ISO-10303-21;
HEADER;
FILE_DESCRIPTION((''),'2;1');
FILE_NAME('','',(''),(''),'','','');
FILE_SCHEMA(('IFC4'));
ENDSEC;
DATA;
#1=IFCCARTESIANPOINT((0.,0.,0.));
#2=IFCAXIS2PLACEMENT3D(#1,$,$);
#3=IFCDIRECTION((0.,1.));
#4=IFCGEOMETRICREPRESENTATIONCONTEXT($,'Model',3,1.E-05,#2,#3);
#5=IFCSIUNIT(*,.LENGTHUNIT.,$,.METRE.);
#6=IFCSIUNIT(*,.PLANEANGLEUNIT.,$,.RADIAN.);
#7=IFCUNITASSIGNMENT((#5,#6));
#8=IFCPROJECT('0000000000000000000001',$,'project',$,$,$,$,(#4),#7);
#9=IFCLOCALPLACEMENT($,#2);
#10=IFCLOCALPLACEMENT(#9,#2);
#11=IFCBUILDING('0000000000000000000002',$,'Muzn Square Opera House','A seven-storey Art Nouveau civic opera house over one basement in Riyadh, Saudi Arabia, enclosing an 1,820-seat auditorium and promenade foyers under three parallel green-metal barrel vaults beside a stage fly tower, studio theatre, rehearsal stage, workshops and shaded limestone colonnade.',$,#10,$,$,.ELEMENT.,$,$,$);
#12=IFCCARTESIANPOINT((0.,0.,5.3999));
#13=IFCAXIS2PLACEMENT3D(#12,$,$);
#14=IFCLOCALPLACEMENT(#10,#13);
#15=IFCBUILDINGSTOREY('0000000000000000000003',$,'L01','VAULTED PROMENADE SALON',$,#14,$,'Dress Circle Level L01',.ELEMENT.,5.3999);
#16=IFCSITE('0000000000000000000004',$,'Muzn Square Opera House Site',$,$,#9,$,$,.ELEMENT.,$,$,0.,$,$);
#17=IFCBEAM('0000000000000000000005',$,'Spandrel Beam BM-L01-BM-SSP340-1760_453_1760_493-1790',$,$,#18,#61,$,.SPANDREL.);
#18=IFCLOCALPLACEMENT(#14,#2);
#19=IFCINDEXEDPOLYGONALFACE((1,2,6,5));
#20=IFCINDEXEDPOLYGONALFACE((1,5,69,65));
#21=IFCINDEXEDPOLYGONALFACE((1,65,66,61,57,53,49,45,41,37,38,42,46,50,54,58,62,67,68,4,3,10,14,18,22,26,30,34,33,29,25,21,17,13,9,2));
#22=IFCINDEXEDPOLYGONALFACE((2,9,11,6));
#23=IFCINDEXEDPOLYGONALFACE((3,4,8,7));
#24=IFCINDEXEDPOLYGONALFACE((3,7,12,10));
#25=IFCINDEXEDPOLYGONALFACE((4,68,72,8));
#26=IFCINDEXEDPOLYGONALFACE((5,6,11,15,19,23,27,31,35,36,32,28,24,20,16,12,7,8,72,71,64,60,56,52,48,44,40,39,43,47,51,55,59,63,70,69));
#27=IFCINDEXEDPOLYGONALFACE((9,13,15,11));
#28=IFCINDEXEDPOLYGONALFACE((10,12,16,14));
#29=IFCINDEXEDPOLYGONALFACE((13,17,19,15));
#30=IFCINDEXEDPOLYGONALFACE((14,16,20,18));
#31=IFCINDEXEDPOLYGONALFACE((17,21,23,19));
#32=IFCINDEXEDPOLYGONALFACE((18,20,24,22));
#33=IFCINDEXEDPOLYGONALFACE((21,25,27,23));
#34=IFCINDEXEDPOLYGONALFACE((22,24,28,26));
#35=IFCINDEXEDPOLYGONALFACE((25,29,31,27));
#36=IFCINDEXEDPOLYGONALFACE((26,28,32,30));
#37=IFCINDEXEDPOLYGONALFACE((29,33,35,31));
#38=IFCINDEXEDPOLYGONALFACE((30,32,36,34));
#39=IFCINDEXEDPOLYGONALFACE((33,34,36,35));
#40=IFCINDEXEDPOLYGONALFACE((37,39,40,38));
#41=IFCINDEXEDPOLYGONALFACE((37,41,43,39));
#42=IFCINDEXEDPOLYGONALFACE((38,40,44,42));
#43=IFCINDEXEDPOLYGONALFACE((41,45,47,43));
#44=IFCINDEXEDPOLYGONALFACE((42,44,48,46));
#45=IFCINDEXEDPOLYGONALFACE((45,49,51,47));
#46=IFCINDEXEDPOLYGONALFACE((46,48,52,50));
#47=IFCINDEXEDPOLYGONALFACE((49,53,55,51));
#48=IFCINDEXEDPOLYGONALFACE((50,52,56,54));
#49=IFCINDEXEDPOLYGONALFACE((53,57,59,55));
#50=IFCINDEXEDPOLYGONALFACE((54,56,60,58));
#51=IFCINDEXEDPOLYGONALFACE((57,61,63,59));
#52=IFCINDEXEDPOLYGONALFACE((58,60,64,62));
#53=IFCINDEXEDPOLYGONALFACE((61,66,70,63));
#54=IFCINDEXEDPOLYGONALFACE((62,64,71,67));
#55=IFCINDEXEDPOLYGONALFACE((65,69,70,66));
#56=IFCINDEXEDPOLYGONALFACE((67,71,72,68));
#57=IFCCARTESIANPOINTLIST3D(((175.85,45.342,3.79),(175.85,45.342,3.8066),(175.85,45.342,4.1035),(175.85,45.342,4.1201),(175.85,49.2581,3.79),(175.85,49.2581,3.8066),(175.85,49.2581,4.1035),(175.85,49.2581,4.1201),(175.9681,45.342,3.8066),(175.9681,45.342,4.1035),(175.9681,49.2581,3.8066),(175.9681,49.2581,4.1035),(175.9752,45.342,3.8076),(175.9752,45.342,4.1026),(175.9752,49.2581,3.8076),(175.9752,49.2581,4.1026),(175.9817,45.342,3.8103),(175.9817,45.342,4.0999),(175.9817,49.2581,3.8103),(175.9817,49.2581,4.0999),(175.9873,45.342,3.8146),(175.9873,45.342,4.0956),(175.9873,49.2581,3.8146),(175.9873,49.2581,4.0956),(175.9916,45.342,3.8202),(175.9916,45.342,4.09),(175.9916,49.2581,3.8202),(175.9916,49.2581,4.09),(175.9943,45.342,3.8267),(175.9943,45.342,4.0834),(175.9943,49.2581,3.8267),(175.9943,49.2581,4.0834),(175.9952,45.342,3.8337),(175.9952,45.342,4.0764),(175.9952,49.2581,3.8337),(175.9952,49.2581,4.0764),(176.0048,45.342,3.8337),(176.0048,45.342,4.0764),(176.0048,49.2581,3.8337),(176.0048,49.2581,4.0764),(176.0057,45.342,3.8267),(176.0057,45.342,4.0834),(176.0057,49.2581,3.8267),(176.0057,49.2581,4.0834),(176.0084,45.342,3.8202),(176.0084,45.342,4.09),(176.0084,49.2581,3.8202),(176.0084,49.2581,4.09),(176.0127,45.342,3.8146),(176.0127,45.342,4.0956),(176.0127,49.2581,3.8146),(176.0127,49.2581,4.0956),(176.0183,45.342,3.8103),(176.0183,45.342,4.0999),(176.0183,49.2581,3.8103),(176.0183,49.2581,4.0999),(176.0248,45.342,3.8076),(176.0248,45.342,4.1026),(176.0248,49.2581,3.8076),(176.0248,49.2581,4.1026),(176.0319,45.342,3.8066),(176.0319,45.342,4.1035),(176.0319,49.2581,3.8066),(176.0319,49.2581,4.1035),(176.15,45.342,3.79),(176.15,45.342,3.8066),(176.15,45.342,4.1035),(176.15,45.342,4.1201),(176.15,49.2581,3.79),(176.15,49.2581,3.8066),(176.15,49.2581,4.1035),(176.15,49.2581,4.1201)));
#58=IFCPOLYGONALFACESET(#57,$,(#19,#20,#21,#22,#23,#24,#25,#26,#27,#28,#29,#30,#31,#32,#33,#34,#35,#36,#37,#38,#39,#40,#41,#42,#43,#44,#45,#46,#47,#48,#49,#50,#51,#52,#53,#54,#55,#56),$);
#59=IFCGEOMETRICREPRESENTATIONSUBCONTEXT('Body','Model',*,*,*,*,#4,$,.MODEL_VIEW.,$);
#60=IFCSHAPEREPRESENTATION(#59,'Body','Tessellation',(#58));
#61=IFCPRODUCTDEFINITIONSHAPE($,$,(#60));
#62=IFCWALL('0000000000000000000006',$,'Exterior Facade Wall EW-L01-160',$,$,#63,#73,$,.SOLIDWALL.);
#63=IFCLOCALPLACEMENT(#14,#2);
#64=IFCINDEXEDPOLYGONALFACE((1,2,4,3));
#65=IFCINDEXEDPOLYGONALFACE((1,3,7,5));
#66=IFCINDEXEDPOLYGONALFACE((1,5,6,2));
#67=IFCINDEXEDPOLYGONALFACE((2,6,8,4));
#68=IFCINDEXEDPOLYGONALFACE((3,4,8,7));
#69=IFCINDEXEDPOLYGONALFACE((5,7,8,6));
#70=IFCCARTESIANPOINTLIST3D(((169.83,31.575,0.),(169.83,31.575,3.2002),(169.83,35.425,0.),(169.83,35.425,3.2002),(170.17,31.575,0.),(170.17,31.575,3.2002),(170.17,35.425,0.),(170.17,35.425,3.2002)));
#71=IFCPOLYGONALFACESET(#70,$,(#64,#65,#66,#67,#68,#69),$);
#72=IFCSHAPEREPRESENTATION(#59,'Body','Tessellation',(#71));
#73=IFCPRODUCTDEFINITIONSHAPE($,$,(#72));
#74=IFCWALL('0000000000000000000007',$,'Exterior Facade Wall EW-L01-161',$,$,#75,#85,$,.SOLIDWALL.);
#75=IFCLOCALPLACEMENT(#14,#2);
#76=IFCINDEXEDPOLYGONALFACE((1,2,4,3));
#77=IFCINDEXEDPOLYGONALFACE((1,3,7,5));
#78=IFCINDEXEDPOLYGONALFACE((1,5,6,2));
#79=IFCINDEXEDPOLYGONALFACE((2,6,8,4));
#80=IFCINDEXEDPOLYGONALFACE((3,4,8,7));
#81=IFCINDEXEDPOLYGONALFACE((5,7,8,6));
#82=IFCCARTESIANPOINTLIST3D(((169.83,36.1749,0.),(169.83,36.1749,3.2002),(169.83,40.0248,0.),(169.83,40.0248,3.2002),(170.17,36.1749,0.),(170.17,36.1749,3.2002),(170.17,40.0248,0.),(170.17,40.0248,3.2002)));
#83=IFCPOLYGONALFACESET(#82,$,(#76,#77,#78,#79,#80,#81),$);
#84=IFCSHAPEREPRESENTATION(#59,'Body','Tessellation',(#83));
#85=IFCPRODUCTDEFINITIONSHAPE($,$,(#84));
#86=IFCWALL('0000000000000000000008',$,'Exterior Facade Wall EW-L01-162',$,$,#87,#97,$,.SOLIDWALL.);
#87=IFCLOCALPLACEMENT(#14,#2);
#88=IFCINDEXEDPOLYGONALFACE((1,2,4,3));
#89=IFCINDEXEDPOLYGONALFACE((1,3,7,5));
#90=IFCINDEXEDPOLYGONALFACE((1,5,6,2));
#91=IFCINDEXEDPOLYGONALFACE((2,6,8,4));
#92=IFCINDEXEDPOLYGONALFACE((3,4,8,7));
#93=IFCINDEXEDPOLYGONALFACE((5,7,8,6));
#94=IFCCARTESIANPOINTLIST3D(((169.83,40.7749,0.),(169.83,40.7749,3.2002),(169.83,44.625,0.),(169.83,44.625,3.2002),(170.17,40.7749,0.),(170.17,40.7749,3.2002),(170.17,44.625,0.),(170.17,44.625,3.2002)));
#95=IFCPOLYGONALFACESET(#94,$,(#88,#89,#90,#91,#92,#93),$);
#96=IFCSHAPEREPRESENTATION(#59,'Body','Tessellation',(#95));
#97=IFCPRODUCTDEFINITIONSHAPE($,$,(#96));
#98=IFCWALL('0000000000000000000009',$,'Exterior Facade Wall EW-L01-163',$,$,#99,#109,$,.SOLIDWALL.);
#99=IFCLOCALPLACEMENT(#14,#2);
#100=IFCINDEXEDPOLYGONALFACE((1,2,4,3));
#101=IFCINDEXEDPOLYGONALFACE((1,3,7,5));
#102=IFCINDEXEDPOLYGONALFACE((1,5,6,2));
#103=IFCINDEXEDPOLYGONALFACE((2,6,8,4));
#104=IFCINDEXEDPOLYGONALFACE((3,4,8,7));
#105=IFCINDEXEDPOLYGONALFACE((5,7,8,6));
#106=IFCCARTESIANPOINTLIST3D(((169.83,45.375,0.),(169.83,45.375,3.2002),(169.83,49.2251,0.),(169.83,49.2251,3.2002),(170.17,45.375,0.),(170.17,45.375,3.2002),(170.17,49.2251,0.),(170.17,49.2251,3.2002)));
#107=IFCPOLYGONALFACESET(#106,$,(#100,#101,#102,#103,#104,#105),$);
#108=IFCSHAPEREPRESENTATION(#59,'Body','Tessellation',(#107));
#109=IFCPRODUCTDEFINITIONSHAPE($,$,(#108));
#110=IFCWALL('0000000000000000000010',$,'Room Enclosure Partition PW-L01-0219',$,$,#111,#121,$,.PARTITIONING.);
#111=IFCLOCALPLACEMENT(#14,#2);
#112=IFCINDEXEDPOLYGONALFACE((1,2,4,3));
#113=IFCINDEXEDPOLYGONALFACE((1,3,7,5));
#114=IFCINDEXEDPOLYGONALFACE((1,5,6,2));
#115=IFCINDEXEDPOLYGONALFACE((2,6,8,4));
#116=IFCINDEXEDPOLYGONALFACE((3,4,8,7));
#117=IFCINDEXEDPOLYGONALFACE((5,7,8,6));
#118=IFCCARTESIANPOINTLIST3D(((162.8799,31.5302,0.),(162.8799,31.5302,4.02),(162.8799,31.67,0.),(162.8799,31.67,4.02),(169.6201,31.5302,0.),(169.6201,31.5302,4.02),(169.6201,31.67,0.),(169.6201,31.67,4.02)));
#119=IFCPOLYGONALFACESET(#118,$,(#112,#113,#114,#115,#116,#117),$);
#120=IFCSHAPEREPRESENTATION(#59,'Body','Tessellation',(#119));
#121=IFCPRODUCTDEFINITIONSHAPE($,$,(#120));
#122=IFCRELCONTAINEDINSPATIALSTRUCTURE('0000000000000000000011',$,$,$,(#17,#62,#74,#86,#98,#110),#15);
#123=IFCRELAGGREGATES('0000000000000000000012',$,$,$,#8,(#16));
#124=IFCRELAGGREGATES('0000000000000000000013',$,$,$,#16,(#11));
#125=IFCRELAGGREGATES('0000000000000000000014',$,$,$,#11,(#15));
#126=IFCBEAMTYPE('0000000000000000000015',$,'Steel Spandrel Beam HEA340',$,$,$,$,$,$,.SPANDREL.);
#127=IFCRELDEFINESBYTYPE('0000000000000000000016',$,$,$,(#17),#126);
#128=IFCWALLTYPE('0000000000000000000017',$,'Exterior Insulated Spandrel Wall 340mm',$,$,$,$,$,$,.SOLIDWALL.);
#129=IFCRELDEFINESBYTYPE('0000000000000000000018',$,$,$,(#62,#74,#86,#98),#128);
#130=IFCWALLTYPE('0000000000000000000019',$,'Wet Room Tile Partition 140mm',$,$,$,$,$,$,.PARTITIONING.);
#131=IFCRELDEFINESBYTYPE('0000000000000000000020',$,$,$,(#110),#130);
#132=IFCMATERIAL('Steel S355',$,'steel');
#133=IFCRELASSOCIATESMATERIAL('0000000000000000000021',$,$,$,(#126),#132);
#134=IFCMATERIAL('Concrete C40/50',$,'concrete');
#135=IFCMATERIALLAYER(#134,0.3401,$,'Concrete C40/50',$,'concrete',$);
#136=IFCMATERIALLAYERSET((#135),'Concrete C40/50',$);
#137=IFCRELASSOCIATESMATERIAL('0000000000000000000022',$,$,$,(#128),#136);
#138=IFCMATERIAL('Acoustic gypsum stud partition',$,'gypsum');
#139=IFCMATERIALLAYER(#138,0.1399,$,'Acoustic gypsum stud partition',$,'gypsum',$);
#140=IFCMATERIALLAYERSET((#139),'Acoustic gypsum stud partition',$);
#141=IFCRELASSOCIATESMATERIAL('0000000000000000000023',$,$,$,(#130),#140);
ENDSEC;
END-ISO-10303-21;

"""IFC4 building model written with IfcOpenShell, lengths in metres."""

from ifc_helpers import new_model, si_unit, direction, frame, frame_2d, origin, origin_2d, place, context, subcontext, project, spatial, rectangle, i_section, extrude, material, layer, layer_set, material_profile, profile_set, type_object, element, save


model = new_model("IFC4")

# Units and contexts
model_context = context("Model", 3, precision=1e-05, world=origin(), true_north=direction((0.0, 1.0)))
body_context = subcontext(model_context, "Body", "Model", "MODEL_VIEW")
ifc_project = project(units=[si_unit("LENGTHUNIT", "METRE"), si_unit("PLANEANGLEUNIT", "RADIAN")], contexts=[model_context])

# Site, building, storey
site_placement = place(None, origin())
site = spatial("IfcSite", under=ifc_project, at=site_placement, Name="Muzn Square Opera House Site", CompositionType="ELEMENT", RefElevation=0.0)
building_placement = place(site_placement, origin())
building = spatial("IfcBuilding", under=site, at=building_placement, Name="Muzn Square Opera House", Description="A seven-storey Art Nouveau civic opera house over one basement in Riyadh, Saudi Arabia, enclosing an 1,820-seat auditorium and promenade foyers under three parallel green-metal barrel vaults beside a stage fly tower, studio theatre, rehearsal stage, workshops and shaded limestone colonnade.", CompositionType="ELEMENT")
storey_placement = place(building_placement, frame((0.0, 0.0, 5.3999)))
storey = spatial("IfcBuildingStorey", under=building, at=storey_placement, Name="L01", Description="VAULTED PROMENADE SALON", LongName="Dress Circle Level L01", CompositionType="ELEMENT", Elevation=5.3999)

# Beam
ifc_material_1 = material(Name="Concrete C40/50", Category="concrete")
ifc_material_2 = material(Name="Steel S355", Category="steel")
ifc_material_profile_1 = material_profile(ifc_material_2, i_section(OverallWidth=0.3, OverallDepth=0.3301, WebThickness=0.0095, FlangeThickness=0.0166, FilletRadius=0.0271, at=origin_2d()), Name="HEA 340", Category="steel")
ifc_profile_set_1 = profile_set([ifc_material_profile_1], Name="Steel S355")
beam_type_1 = type_object("IfcBeamType", Name="Steel Spandrel Beam HEA340", PredefinedType="SPANDREL", material=ifc_profile_set_1)
for number, where, z_axis, x_axis, name in (
    (1, (176.0, 45.342, 3.9551), (0.0, 1.0, 0.0), (-1.0, 0.0, 0.0), "Spandrel Beam BM-L01-BM-SSP340-1760_453_1760_493-1790"),
):
    element("IfcBeam", number, at=place(storey_placement, frame(where, z_axis=z_axis, x_axis=x_axis)), inside=storey, type_object=beam_type_1, Name=name, PredefinedType="SPANDREL", context=body_context, shape_type="SweptSolid", body=[
        extrude(i_section(OverallWidth=0.3, OverallDepth=0.3301, WebThickness=0.0095, FlangeThickness=0.0166, FilletRadius=0.0271, at=origin_2d()), origin(), (0.0, 0.0, 1.0), 3.916),
    ])

# Walls
ifc_layer_1 = layer(ifc_material_1, 0.3401, Name="Concrete C40/50", Category="concrete")
ifc_layer_set_1 = layer_set([ifc_layer_1], Name="Concrete C40/50")
wall_type_1 = type_object("IfcWallType", Name="Exterior Insulated Spandrel Wall 340mm", PredefinedType="SOLIDWALL", material=ifc_layer_set_1)
wall_1_placement = place(storey_placement, frame((170.0, 31.575, 0.0), z_axis=(0.0, 0.0, 1.0), x_axis=(0.0, 1.0, 0.0)))
element("IfcWall", 2, at=wall_1_placement, inside=storey, type_object=wall_type_1, Name="Exterior Facade Wall EW-L01-160", PredefinedType="SOLIDWALL", context=body_context, shape_type="SweptSolid", body=[
    extrude(rectangle(XDim=3.8501, YDim=0.3401, at=frame_2d((1.925, 0.0))), origin(), (0.0, 0.0, 1.0), 3.2002),
])
wall_2_placement = place(storey_placement, frame((170.0, 36.175, 0.0), z_axis=(0.0, 0.0, 1.0), x_axis=(0.0, 1.0, 0.0)))
element("IfcWall", 3, at=wall_2_placement, inside=storey, type_object=wall_type_1, Name="Exterior Facade Wall EW-L01-161", PredefinedType="SOLIDWALL", context=body_context, shape_type="SweptSolid", body=[
    extrude(rectangle(XDim=3.8499, YDim=0.3401, at=frame_2d((1.9248, 0.0))), origin(), (0.0, 0.0, 1.0), 3.2002),
])
for number, where, z_axis, x_axis, name in (
    (4, (170.0, 40.7749, 0.0), (0.0, 0.0, 1.0), (0.0, 1.0, 0.0), "Exterior Facade Wall EW-L01-162"),
    (5, (170.0, 45.375, 0.0), (0.0, 0.0, 1.0), (0.0, 1.0, 0.0), "Exterior Facade Wall EW-L01-163"),
):
    element("IfcWall", number, at=place(storey_placement, frame(where, z_axis=z_axis, x_axis=x_axis)), inside=storey, type_object=wall_type_1, Name=name, PredefinedType="SOLIDWALL", context=body_context, shape_type="SweptSolid", body=[
        extrude(rectangle(XDim=3.8501, YDim=0.3401, at=frame_2d((1.925, 0.0))), origin(), (0.0, 0.0, 1.0), 3.2002),
    ])
ifc_material_3 = material(Name="Acoustic gypsum stud partition", Category="gypsum")
ifc_layer_2 = layer(ifc_material_3, 0.1399, Name="Acoustic gypsum stud partition", Category="gypsum")
ifc_layer_set_2 = layer_set([ifc_layer_2], Name="Acoustic gypsum stud partition")
wall_type_2 = type_object("IfcWallType", Name="Wet Room Tile Partition 140mm", PredefinedType="PARTITIONING", material=ifc_layer_set_2)
wall_3_placement = place(storey_placement, frame((162.8799, 31.6001, 0.0), z_axis=(0.0, 0.0, 1.0), x_axis=(1.0, 0.0, 0.0)))
element("IfcWall", 6, at=wall_3_placement, inside=storey, type_object=wall_type_2, Name="Room Enclosure Partition PW-L01-0219", PredefinedType="PARTITIONING", context=body_context, shape_type="SweptSolid", body=[
    extrude(rectangle(XDim=6.7402, YDim=0.1399, at=frame_2d((3.3701, 0.0))), origin(), (0.0, 0.0, 1.0), 4.02),
])

save(model, "model.ifc")
